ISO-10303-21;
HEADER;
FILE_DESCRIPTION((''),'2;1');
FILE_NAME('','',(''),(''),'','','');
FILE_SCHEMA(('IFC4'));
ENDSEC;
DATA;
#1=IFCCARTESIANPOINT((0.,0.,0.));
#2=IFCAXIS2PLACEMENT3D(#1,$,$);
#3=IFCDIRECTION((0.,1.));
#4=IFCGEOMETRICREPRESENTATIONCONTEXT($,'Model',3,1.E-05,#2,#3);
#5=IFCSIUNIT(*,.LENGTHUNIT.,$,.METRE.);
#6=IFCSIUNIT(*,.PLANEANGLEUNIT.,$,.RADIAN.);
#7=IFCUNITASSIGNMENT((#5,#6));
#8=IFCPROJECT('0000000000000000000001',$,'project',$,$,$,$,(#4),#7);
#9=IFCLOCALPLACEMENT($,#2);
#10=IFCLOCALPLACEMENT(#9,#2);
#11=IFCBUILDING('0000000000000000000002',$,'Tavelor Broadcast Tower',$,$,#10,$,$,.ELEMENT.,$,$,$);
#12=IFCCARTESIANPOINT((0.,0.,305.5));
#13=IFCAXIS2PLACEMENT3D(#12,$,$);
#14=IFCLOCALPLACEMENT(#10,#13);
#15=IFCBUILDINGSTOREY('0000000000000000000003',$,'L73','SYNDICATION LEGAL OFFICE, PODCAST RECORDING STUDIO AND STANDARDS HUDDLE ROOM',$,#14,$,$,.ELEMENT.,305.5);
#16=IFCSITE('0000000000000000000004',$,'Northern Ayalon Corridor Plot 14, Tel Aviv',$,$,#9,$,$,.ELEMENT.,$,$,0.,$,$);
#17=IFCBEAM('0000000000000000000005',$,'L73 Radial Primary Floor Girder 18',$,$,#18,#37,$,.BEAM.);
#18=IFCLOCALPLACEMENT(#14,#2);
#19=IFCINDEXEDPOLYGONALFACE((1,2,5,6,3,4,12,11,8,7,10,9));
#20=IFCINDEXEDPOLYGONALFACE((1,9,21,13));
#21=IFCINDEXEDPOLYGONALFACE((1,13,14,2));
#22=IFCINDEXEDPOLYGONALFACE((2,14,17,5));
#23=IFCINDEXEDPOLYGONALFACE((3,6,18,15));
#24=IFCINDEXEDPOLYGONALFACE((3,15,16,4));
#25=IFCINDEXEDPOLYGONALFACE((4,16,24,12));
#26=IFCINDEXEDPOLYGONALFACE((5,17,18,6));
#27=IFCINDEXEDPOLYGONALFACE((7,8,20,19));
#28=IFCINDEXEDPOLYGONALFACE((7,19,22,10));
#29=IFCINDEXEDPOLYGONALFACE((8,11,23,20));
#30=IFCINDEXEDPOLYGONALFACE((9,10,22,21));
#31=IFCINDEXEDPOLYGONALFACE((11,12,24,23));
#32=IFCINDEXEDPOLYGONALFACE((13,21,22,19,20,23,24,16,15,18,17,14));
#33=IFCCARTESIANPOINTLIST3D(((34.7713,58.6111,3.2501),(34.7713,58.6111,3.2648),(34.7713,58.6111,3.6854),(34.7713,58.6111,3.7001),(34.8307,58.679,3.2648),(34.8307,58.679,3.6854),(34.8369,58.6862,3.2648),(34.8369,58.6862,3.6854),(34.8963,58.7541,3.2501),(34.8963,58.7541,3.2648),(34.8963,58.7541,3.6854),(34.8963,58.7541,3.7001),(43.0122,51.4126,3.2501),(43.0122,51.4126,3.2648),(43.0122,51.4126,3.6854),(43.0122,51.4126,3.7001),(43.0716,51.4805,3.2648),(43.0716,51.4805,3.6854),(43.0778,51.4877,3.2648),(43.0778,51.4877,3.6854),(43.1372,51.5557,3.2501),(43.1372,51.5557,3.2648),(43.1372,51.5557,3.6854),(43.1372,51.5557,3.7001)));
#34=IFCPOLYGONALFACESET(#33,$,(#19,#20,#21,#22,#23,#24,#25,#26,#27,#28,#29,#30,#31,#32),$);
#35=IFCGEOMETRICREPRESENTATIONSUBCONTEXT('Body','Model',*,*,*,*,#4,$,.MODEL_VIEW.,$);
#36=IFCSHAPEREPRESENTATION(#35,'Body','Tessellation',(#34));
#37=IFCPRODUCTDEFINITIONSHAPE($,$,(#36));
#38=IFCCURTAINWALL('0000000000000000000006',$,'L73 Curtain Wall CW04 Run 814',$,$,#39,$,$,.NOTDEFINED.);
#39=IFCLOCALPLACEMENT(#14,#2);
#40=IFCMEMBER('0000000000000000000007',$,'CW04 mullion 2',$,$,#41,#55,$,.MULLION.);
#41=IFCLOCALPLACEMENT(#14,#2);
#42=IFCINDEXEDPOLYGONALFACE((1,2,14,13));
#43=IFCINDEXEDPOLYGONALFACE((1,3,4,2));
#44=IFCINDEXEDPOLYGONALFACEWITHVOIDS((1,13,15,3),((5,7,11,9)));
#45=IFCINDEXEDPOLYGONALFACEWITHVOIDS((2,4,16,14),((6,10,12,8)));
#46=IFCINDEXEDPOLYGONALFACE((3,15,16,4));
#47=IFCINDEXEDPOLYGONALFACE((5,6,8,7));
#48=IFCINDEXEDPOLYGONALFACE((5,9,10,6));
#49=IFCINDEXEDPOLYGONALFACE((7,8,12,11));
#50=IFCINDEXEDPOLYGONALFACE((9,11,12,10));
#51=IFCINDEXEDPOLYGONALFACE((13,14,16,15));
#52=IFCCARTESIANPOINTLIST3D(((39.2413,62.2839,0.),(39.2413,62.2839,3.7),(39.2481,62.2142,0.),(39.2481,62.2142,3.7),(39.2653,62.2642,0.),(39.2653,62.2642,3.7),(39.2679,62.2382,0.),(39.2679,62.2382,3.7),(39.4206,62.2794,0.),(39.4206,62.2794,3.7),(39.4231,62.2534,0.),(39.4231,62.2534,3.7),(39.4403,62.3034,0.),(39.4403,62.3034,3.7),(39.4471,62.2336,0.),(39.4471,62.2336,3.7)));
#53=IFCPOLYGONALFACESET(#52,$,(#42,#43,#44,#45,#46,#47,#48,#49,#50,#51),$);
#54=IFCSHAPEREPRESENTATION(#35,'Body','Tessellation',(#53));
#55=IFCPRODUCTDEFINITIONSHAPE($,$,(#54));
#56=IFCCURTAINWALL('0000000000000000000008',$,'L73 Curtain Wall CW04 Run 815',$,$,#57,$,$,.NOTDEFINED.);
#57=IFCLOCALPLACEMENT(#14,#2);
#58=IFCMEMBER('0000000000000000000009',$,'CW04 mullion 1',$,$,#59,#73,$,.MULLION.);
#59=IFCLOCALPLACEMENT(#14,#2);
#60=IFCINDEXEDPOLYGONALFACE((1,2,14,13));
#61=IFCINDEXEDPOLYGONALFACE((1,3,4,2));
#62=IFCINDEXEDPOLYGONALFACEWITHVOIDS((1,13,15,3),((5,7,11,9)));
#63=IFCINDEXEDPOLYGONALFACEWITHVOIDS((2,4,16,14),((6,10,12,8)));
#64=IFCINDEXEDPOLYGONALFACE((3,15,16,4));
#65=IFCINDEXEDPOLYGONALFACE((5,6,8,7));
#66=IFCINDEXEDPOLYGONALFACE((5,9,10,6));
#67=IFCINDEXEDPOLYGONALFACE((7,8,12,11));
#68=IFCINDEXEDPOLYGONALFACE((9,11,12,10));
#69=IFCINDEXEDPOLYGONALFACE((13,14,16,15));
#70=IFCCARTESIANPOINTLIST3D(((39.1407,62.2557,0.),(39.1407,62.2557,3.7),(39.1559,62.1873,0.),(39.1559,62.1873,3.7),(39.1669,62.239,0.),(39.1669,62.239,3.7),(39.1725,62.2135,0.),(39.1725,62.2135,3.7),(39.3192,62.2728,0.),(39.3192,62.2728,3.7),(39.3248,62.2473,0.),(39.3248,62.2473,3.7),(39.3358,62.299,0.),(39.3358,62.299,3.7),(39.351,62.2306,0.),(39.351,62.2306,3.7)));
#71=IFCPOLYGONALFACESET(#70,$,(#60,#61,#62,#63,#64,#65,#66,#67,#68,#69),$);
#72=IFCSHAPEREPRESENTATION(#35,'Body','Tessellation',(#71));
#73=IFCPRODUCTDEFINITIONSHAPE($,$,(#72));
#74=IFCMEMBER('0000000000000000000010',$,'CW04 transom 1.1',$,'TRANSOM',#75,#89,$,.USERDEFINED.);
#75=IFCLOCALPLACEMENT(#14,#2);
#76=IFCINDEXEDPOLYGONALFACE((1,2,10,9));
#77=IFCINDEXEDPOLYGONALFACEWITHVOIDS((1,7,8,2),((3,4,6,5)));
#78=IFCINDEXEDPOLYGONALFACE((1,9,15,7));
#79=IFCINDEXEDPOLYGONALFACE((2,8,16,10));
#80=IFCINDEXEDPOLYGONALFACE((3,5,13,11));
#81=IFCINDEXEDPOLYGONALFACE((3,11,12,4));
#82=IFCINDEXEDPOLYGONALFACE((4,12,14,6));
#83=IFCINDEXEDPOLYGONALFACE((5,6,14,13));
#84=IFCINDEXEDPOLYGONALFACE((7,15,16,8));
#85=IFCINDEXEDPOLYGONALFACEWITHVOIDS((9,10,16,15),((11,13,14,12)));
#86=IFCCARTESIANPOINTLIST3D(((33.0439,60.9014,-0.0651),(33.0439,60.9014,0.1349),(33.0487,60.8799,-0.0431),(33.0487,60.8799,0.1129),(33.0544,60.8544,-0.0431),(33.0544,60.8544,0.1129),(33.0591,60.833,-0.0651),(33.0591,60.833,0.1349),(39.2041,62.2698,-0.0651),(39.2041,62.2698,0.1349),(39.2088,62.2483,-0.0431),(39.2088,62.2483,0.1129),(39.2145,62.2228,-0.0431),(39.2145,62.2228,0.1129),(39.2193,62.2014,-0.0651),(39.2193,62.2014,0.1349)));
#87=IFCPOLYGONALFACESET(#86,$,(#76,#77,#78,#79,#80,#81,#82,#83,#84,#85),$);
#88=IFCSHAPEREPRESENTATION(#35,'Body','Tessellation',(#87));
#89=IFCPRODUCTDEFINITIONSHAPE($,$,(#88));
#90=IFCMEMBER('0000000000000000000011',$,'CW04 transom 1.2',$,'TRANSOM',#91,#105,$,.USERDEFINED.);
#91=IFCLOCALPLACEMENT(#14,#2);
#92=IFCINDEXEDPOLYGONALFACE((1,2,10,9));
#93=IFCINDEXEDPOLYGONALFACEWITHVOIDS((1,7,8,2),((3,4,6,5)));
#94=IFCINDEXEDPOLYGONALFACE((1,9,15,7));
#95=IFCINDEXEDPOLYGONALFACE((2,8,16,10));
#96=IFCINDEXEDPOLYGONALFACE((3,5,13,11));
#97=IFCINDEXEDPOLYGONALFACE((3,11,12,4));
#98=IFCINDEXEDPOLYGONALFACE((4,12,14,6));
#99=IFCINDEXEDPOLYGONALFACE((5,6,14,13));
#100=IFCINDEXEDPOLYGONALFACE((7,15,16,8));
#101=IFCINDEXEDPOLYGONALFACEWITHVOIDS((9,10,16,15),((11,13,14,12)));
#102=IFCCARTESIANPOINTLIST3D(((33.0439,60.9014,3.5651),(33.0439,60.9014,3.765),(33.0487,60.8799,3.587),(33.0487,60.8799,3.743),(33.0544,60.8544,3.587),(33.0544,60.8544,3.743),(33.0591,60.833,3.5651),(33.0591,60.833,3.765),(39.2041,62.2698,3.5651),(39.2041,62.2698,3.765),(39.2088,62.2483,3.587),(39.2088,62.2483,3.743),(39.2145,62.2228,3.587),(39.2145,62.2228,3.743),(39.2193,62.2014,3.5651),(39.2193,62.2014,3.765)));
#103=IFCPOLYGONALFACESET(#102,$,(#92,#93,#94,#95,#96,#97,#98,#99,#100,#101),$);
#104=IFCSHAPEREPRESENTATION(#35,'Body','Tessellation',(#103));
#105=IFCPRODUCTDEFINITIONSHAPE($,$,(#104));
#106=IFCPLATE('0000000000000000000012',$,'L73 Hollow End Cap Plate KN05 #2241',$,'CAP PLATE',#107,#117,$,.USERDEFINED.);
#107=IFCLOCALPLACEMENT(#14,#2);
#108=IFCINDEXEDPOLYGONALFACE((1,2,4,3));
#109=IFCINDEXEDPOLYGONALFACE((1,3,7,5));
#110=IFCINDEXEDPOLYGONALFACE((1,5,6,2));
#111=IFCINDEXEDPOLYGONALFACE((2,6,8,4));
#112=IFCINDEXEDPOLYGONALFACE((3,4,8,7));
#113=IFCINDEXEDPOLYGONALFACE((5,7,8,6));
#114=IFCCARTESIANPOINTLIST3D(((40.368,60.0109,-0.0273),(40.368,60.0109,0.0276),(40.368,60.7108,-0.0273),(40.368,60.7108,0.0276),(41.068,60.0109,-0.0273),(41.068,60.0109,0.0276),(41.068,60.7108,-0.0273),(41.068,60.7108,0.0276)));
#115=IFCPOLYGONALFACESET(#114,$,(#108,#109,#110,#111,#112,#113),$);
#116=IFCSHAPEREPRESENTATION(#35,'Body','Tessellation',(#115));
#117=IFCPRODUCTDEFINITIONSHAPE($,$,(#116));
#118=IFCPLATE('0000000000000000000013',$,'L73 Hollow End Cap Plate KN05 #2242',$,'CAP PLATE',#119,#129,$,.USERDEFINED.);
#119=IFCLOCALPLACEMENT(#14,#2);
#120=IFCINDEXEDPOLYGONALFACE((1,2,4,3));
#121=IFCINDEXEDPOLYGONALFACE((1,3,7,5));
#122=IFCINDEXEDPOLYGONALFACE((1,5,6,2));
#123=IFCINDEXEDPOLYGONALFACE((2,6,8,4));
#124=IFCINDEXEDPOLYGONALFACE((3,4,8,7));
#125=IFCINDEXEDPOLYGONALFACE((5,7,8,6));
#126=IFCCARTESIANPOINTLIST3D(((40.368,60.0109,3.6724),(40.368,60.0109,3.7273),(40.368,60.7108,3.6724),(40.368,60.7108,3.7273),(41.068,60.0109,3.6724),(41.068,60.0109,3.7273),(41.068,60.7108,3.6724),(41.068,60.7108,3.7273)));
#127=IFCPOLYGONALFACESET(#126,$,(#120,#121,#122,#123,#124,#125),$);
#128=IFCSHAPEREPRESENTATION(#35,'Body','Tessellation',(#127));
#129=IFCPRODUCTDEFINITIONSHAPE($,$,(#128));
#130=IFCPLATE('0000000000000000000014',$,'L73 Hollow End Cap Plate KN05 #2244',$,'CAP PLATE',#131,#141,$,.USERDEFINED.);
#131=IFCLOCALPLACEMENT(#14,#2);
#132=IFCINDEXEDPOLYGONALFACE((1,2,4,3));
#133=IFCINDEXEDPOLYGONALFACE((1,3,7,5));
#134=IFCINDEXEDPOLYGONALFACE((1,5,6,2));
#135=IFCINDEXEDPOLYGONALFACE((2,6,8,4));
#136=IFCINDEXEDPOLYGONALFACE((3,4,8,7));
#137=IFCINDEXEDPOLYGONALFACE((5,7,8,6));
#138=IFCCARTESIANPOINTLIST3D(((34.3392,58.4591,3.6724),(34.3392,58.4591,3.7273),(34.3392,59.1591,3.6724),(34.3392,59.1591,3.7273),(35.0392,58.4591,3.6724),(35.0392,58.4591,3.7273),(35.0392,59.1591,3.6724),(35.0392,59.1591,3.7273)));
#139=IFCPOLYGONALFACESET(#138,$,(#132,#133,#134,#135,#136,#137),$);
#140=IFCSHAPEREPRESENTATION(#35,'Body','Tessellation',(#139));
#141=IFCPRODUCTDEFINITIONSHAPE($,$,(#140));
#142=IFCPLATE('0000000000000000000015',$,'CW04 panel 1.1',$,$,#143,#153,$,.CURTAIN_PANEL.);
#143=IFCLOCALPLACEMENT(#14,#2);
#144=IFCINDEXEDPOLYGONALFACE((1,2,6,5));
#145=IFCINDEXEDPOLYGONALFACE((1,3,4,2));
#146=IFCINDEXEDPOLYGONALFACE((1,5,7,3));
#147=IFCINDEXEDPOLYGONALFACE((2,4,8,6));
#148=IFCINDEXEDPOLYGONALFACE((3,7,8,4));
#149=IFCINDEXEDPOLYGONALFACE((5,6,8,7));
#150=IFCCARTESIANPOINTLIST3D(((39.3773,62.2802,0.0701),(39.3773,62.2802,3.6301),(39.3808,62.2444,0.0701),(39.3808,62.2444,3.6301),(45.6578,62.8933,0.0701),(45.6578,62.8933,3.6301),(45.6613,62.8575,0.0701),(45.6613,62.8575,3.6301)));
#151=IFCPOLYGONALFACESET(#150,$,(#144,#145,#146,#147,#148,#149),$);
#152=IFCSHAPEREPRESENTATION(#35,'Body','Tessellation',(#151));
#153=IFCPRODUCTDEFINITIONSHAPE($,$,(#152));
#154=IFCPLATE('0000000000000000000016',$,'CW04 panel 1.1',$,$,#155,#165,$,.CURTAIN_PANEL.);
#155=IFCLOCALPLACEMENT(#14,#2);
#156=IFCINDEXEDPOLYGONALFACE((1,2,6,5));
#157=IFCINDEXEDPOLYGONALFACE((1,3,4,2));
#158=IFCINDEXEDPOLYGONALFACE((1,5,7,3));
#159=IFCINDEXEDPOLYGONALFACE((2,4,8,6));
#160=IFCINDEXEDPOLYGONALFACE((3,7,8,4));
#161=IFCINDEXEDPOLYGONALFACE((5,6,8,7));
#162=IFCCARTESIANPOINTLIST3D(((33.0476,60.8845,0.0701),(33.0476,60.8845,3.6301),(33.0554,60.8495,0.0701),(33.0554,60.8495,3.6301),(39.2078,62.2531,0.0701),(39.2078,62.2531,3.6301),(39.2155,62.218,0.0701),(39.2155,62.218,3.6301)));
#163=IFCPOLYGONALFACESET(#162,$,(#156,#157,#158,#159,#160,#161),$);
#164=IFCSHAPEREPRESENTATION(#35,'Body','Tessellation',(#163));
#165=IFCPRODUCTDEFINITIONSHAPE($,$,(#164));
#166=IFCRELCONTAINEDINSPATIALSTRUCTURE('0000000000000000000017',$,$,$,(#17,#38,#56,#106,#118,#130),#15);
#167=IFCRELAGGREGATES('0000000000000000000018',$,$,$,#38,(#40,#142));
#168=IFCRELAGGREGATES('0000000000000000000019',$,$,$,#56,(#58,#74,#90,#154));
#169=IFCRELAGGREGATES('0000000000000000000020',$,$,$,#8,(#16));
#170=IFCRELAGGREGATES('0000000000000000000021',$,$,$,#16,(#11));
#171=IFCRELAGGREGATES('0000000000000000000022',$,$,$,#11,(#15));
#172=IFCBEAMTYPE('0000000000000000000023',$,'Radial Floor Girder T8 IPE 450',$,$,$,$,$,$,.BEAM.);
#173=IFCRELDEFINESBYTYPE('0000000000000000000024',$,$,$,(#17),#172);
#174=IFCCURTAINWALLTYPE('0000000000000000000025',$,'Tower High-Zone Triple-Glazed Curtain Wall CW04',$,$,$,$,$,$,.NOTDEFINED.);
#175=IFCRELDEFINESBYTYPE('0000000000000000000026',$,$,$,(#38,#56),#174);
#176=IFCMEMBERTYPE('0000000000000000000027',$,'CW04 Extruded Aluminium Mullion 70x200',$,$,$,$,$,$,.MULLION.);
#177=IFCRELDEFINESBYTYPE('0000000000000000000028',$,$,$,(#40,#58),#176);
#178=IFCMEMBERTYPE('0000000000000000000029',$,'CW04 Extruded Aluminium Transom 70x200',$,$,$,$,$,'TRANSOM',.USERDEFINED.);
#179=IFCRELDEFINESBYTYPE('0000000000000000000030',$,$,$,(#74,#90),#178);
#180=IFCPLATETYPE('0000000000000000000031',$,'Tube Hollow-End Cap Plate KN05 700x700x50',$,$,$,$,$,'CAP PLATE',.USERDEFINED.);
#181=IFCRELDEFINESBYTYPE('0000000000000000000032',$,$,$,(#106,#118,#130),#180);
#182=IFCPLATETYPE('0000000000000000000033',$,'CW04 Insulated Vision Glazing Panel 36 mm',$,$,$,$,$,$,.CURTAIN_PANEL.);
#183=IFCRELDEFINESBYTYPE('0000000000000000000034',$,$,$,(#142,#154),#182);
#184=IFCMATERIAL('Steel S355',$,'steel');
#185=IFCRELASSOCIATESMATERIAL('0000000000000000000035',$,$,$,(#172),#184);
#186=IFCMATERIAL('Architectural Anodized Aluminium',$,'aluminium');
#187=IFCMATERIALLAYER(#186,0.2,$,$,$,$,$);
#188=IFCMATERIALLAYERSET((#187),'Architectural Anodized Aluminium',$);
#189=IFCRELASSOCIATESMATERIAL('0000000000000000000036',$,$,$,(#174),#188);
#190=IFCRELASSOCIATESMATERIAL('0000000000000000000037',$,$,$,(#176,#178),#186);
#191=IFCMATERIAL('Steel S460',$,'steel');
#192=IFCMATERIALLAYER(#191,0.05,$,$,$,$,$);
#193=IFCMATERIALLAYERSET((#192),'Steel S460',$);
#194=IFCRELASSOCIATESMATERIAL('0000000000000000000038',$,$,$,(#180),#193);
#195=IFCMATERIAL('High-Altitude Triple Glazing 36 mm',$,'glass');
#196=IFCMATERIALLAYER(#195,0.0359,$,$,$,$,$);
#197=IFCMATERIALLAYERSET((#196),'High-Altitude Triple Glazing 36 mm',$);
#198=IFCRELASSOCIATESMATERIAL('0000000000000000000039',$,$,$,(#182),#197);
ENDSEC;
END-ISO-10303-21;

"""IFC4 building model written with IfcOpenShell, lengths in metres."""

from ifc_helpers import new_model, si_unit, direction, frame, origin, origin_2d, place, context, subcontext, project, spatial, rectangle, hollow_rectangle, i_section, extrude, source, transform, mapped, material, layer, layer_set, material_profile, profile_set, type_object, type_shapes, element, aggregate, save


model = new_model("IFC4")

# Units and contexts
model_context = context("Model", 3, precision=1e-05, world=origin(), true_north=direction((0.0, 1.0)))
body_context = subcontext(model_context, "Body", "Model", "MODEL_VIEW")
ifc_project = project(units=[si_unit("LENGTHUNIT", "METRE"), si_unit("PLANEANGLEUNIT", "RADIAN")], contexts=[model_context])

# Site, building, storey
site_placement = place(None, origin())
site = spatial("IfcSite", under=ifc_project, at=site_placement, Name="Northern Ayalon Corridor Plot 14, Tel Aviv", CompositionType="ELEMENT", RefElevation=0.0)
building_placement = place(site_placement, origin())
building = spatial("IfcBuilding", under=site, at=building_placement, Name="Tavelor Broadcast Tower", CompositionType="ELEMENT")
storey_placement = place(building_placement, frame((0.0, 0.0, 305.5)))
storey = spatial("IfcBuildingStorey", under=building, at=storey_placement, Name="L73", Description="SYNDICATION LEGAL OFFICE, PODCAST RECORDING STUDIO AND STANDARDS HUDDLE ROOM", CompositionType="ELEMENT", Elevation=305.5)

# Shared definitions
ifc_material_1 = material(Name="Steel S460", Category="steel")

# Beam
ifc_material_2 = material(Name="Steel S355", Category="steel")
ifc_material_profile_1 = material_profile(ifc_material_2, i_section(OverallWidth=0.1899, OverallDepth=0.45, WebThickness=0.0095, FlangeThickness=0.0146, at=origin_2d()), Name="IPE 450")
ifc_profile_set_1 = profile_set([ifc_material_profile_1], Name="Steel S355")
beam_type_1 = type_object("IfcBeamType", Name="Radial Floor Girder T8 IPE 450", PredefinedType="BEAM", material=ifc_profile_set_1)
beam_1_placement = place(storey_placement, frame((43.0747, 51.4841, 3.4751), z_axis=(-0.753136, 0.657865, 0.0), x_axis=(-0.657865, -0.753136, 0.0)))
element("IfcBeam", 1, at=beam_1_placement, inside=storey, type_object=beam_type_1, Name="L73 Radial Primary Floor Girder 18", PredefinedType="BEAM", context=body_context, shape_type="SweptSolid", body=[
    extrude(i_section(OverallWidth=0.1899, OverallDepth=0.45, WebThickness=0.0095, FlangeThickness=0.0146, at=origin_2d()), origin(), (0.0, 0.0, 1.0), 10.9421),
])

# Curtain wall, member
ifc_material_3 = material(Name="Architectural Anodized Aluminium", Category="aluminium")
ifc_layer_1 = layer(ifc_material_3, 0.2)
ifc_layer_set_1 = layer_set([ifc_layer_1], Name="Architectural Anodized Aluminium")
curtain_wall_type = type_object("IfcCurtainWallType", Name="Tower High-Zone Triple-Glazed Curtain Wall CW04", PredefinedType="NOTDEFINED", material=ifc_layer_set_1)
curtain_wall_1_placement = place(storey_placement, origin())
curtain_wall_1 = element("IfcCurtainWall", 2, at=curtain_wall_1_placement, inside=storey, type_object=curtain_wall_type, Name="L73 Curtain Wall CW04 Run 814", PredefinedType="NOTDEFINED")
ifc_material_profile_2 = material_profile(ifc_material_3, hollow_rectangle(XDim=0.0701, YDim=0.2, WallThickness=0.022, at=origin_2d()), Name="RHS 70x200x22")
ifc_profile_set_2 = profile_set([ifc_material_profile_2], Name="Architectural Anodized Aluminium")
member_type_1 = type_object("IfcMemberType", Name="CW04 Extruded Aluminium Mullion 70x200", PredefinedType="MULLION", material=ifc_profile_set_2)
shared_shape_1 = source(origin(), body_context, "Body", "SweptSolid", [
    extrude(hollow_rectangle(XDim=0.0701, YDim=0.2, WallThickness=0.022, at=origin_2d()), origin(), (0.0, 0.0, 1.0), 3.7),
])
type_shapes(member_type_1, [shared_shape_1])
member_1_placement = place(storey_placement, frame((39.3442, 62.2588, 0.0), z_axis=(0.0, 0.0, 1.0), x_axis=(0.097158, -0.995269, 0.0)))
member_1 = element("IfcMember", 3, at=member_1_placement, type_object=member_type_1, Name="CW04 mullion 2", PredefinedType="MULLION", context=body_context, shape_type="MappedRepresentation", body=[
    mapped(shared_shape_1, transform((0.0, 0.0, 0.0), scale=1.0)),
])

# Curtain wall, members
curtain_wall_2_placement = place(storey_placement, origin())
curtain_wall_2 = element("IfcCurtainWall", 4, at=curtain_wall_2_placement, inside=storey, type_object=curtain_wall_type, Name="L73 Curtain Wall CW04 Run 815", PredefinedType="NOTDEFINED")
member_2_placement = place(storey_placement, frame((39.2458, 62.2432, 0.0), z_axis=(0.0, 0.0, 1.0), x_axis=(0.216876, -0.976199, 0.0)))
member_2 = element("IfcMember", 5, at=member_2_placement, type_object=member_type_1, Name="CW04 mullion 1", PredefinedType="MULLION", context=body_context, shape_type="MappedRepresentation", body=[
    mapped(shared_shape_1, transform((0.0, 0.0, 0.0), scale=1.0)),
])
ifc_material_profile_3 = material_profile(ifc_material_3, hollow_rectangle(XDim=0.0701, YDim=0.2, WallThickness=0.022, at=origin_2d()), Name="RHS 70x200x22")
ifc_profile_set_3 = profile_set([ifc_material_profile_3], Name="Architectural Anodized Aluminium")
member_type_2 = type_object("IfcMemberType", Name="CW04 Extruded Aluminium Transom 70x200", ElementType="TRANSOM", PredefinedType="USERDEFINED", material=ifc_profile_set_3)
shared_shape_2 = source(origin(), body_context, "Body", "SweptSolid", [
    extrude(hollow_rectangle(XDim=0.0701, YDim=0.2, WallThickness=0.022, at=origin_2d()), origin(), (0.0, 0.0, 1.0), 6.3103),
])
type_shapes(member_type_2, [shared_shape_2])
member_3_placement = place(storey_placement, frame((39.2117, 62.2356, 0.0349), z_axis=(-0.976204, -0.216853, 0.0), x_axis=(0.216853, -0.976204, 0.0)))
member_3 = element("IfcMember", 6, at=member_3_placement, type_object=member_type_2, Name="CW04 transom 1.1", ObjectType="TRANSOM", PredefinedType="USERDEFINED", context=body_context, shape_type="MappedRepresentation", body=[
    mapped(shared_shape_2, transform((0.0, 0.0, 0.0), scale=1.0)),
])
member_4_placement = place(storey_placement, frame((39.2117, 62.2356, 3.665), z_axis=(-0.976204, -0.216853, 0.0), x_axis=(0.216853, -0.976204, 0.0)))
member_4 = element("IfcMember", 7, at=member_4_placement, type_object=member_type_2, Name="CW04 transom 1.2", ObjectType="TRANSOM", PredefinedType="USERDEFINED", context=body_context, shape_type="MappedRepresentation", body=[
    mapped(shared_shape_2, transform((0.0, 0.0, 0.0), scale=1.0)),
])

# Plates
ifc_layer_2 = layer(ifc_material_1, 0.05)
ifc_layer_set_2 = layer_set([ifc_layer_2], Name="Steel S460")
plate_type_1 = type_object("IfcPlateType", Name="Tube Hollow-End Cap Plate KN05 700x700x50", ElementType="CAP PLATE", PredefinedType="USERDEFINED", material=ifc_layer_set_2)
shared_shape_3 = source(origin(), body_context, "Body", "SweptSolid", [
    extrude(rectangle(XDim=0.7, YDim=0.7, at=origin_2d()), origin(), (0.0, 0.0, 1.0), 0.0549),
])
type_shapes(plate_type_1, [shared_shape_3])
for number, where, z_axis, x_axis, name in (
    (8, (40.718, 60.3608, -0.0273), (0.0, 0.0, 1.0), (1.0, 0.0, 0.0), "L73 Hollow End Cap Plate KN05 #2241"),
    (9, (40.718, 60.3608, 3.6724), (0.0, 0.0, 1.0), (1.0, 0.0, 0.0), "L73 Hollow End Cap Plate KN05 #2242"),
    (10, (34.6892, 58.8091, 3.6724), (0.0, 0.0, 1.0), (1.0, 0.0, 0.0), "L73 Hollow End Cap Plate KN05 #2244"),
):
    element("IfcPlate", number, at=place(storey_placement, frame(where, z_axis=z_axis, x_axis=x_axis)), inside=storey, type_object=plate_type_1, Name=name, ObjectType="CAP PLATE", PredefinedType="USERDEFINED", context=body_context, shape_type="MappedRepresentation", body=[
        mapped(shared_shape_3, transform((0.0, 0.0, 0.0), scale=1.0)),
    ])

# Plates
ifc_material_4 = material(Name="High-Altitude Triple Glazing 36 mm", Category="glass")
ifc_layer_3 = layer(ifc_material_4, 0.0359)
ifc_layer_set_3 = layer_set([ifc_layer_3], Name="High-Altitude Triple Glazing 36 mm")
plate_type_2 = type_object("IfcPlateType", Name="CW04 Insulated Vision Glazing Panel 36 mm", PredefinedType="CURTAIN_PANEL", material=ifc_layer_set_3)
shared_shape_4 = source(origin(), body_context, "Body", "SweptSolid", [
    extrude(rectangle(XDim=6.3103, YDim=0.0359, at=origin_2d()), origin(), (0.0, 0.0, 1.0), 3.5601),
])
type_shapes(plate_type_2, [shared_shape_4])
plate_1_placement = place(storey_placement, frame((42.5193, 62.5688, 0.0701), z_axis=(0.0, 0.0, 1.0), x_axis=(-0.995269, -0.097158, 0.0)))
plate_1 = element("IfcPlate", 11, at=plate_1_placement, type_object=plate_type_2, Name="CW04 panel 1.1", PredefinedType="CURTAIN_PANEL", context=body_context, shape_type="MappedRepresentation", body=[
    mapped(shared_shape_4, transform((0.0, 0.0, 0.0), scale=1.0)),
])
aggregate(curtain_wall_1, [member_1, plate_1])
plate_2_placement = place(storey_placement, frame((36.1316, 61.5513, 0.0701), z_axis=(0.0, 0.0, 1.0), x_axis=(-0.976199, -0.216876, 0.0)))
plate_2 = element("IfcPlate", 12, at=plate_2_placement, type_object=plate_type_2, Name="CW04 panel 1.1", PredefinedType="CURTAIN_PANEL", context=body_context, shape_type="MappedRepresentation", body=[
    mapped(shared_shape_4, transform((0.0, 0.0, 0.0), scale=1.0)),
])
aggregate(curtain_wall_2, [member_2, member_3, member_4, plate_2])

save(model, "model.ifc")
